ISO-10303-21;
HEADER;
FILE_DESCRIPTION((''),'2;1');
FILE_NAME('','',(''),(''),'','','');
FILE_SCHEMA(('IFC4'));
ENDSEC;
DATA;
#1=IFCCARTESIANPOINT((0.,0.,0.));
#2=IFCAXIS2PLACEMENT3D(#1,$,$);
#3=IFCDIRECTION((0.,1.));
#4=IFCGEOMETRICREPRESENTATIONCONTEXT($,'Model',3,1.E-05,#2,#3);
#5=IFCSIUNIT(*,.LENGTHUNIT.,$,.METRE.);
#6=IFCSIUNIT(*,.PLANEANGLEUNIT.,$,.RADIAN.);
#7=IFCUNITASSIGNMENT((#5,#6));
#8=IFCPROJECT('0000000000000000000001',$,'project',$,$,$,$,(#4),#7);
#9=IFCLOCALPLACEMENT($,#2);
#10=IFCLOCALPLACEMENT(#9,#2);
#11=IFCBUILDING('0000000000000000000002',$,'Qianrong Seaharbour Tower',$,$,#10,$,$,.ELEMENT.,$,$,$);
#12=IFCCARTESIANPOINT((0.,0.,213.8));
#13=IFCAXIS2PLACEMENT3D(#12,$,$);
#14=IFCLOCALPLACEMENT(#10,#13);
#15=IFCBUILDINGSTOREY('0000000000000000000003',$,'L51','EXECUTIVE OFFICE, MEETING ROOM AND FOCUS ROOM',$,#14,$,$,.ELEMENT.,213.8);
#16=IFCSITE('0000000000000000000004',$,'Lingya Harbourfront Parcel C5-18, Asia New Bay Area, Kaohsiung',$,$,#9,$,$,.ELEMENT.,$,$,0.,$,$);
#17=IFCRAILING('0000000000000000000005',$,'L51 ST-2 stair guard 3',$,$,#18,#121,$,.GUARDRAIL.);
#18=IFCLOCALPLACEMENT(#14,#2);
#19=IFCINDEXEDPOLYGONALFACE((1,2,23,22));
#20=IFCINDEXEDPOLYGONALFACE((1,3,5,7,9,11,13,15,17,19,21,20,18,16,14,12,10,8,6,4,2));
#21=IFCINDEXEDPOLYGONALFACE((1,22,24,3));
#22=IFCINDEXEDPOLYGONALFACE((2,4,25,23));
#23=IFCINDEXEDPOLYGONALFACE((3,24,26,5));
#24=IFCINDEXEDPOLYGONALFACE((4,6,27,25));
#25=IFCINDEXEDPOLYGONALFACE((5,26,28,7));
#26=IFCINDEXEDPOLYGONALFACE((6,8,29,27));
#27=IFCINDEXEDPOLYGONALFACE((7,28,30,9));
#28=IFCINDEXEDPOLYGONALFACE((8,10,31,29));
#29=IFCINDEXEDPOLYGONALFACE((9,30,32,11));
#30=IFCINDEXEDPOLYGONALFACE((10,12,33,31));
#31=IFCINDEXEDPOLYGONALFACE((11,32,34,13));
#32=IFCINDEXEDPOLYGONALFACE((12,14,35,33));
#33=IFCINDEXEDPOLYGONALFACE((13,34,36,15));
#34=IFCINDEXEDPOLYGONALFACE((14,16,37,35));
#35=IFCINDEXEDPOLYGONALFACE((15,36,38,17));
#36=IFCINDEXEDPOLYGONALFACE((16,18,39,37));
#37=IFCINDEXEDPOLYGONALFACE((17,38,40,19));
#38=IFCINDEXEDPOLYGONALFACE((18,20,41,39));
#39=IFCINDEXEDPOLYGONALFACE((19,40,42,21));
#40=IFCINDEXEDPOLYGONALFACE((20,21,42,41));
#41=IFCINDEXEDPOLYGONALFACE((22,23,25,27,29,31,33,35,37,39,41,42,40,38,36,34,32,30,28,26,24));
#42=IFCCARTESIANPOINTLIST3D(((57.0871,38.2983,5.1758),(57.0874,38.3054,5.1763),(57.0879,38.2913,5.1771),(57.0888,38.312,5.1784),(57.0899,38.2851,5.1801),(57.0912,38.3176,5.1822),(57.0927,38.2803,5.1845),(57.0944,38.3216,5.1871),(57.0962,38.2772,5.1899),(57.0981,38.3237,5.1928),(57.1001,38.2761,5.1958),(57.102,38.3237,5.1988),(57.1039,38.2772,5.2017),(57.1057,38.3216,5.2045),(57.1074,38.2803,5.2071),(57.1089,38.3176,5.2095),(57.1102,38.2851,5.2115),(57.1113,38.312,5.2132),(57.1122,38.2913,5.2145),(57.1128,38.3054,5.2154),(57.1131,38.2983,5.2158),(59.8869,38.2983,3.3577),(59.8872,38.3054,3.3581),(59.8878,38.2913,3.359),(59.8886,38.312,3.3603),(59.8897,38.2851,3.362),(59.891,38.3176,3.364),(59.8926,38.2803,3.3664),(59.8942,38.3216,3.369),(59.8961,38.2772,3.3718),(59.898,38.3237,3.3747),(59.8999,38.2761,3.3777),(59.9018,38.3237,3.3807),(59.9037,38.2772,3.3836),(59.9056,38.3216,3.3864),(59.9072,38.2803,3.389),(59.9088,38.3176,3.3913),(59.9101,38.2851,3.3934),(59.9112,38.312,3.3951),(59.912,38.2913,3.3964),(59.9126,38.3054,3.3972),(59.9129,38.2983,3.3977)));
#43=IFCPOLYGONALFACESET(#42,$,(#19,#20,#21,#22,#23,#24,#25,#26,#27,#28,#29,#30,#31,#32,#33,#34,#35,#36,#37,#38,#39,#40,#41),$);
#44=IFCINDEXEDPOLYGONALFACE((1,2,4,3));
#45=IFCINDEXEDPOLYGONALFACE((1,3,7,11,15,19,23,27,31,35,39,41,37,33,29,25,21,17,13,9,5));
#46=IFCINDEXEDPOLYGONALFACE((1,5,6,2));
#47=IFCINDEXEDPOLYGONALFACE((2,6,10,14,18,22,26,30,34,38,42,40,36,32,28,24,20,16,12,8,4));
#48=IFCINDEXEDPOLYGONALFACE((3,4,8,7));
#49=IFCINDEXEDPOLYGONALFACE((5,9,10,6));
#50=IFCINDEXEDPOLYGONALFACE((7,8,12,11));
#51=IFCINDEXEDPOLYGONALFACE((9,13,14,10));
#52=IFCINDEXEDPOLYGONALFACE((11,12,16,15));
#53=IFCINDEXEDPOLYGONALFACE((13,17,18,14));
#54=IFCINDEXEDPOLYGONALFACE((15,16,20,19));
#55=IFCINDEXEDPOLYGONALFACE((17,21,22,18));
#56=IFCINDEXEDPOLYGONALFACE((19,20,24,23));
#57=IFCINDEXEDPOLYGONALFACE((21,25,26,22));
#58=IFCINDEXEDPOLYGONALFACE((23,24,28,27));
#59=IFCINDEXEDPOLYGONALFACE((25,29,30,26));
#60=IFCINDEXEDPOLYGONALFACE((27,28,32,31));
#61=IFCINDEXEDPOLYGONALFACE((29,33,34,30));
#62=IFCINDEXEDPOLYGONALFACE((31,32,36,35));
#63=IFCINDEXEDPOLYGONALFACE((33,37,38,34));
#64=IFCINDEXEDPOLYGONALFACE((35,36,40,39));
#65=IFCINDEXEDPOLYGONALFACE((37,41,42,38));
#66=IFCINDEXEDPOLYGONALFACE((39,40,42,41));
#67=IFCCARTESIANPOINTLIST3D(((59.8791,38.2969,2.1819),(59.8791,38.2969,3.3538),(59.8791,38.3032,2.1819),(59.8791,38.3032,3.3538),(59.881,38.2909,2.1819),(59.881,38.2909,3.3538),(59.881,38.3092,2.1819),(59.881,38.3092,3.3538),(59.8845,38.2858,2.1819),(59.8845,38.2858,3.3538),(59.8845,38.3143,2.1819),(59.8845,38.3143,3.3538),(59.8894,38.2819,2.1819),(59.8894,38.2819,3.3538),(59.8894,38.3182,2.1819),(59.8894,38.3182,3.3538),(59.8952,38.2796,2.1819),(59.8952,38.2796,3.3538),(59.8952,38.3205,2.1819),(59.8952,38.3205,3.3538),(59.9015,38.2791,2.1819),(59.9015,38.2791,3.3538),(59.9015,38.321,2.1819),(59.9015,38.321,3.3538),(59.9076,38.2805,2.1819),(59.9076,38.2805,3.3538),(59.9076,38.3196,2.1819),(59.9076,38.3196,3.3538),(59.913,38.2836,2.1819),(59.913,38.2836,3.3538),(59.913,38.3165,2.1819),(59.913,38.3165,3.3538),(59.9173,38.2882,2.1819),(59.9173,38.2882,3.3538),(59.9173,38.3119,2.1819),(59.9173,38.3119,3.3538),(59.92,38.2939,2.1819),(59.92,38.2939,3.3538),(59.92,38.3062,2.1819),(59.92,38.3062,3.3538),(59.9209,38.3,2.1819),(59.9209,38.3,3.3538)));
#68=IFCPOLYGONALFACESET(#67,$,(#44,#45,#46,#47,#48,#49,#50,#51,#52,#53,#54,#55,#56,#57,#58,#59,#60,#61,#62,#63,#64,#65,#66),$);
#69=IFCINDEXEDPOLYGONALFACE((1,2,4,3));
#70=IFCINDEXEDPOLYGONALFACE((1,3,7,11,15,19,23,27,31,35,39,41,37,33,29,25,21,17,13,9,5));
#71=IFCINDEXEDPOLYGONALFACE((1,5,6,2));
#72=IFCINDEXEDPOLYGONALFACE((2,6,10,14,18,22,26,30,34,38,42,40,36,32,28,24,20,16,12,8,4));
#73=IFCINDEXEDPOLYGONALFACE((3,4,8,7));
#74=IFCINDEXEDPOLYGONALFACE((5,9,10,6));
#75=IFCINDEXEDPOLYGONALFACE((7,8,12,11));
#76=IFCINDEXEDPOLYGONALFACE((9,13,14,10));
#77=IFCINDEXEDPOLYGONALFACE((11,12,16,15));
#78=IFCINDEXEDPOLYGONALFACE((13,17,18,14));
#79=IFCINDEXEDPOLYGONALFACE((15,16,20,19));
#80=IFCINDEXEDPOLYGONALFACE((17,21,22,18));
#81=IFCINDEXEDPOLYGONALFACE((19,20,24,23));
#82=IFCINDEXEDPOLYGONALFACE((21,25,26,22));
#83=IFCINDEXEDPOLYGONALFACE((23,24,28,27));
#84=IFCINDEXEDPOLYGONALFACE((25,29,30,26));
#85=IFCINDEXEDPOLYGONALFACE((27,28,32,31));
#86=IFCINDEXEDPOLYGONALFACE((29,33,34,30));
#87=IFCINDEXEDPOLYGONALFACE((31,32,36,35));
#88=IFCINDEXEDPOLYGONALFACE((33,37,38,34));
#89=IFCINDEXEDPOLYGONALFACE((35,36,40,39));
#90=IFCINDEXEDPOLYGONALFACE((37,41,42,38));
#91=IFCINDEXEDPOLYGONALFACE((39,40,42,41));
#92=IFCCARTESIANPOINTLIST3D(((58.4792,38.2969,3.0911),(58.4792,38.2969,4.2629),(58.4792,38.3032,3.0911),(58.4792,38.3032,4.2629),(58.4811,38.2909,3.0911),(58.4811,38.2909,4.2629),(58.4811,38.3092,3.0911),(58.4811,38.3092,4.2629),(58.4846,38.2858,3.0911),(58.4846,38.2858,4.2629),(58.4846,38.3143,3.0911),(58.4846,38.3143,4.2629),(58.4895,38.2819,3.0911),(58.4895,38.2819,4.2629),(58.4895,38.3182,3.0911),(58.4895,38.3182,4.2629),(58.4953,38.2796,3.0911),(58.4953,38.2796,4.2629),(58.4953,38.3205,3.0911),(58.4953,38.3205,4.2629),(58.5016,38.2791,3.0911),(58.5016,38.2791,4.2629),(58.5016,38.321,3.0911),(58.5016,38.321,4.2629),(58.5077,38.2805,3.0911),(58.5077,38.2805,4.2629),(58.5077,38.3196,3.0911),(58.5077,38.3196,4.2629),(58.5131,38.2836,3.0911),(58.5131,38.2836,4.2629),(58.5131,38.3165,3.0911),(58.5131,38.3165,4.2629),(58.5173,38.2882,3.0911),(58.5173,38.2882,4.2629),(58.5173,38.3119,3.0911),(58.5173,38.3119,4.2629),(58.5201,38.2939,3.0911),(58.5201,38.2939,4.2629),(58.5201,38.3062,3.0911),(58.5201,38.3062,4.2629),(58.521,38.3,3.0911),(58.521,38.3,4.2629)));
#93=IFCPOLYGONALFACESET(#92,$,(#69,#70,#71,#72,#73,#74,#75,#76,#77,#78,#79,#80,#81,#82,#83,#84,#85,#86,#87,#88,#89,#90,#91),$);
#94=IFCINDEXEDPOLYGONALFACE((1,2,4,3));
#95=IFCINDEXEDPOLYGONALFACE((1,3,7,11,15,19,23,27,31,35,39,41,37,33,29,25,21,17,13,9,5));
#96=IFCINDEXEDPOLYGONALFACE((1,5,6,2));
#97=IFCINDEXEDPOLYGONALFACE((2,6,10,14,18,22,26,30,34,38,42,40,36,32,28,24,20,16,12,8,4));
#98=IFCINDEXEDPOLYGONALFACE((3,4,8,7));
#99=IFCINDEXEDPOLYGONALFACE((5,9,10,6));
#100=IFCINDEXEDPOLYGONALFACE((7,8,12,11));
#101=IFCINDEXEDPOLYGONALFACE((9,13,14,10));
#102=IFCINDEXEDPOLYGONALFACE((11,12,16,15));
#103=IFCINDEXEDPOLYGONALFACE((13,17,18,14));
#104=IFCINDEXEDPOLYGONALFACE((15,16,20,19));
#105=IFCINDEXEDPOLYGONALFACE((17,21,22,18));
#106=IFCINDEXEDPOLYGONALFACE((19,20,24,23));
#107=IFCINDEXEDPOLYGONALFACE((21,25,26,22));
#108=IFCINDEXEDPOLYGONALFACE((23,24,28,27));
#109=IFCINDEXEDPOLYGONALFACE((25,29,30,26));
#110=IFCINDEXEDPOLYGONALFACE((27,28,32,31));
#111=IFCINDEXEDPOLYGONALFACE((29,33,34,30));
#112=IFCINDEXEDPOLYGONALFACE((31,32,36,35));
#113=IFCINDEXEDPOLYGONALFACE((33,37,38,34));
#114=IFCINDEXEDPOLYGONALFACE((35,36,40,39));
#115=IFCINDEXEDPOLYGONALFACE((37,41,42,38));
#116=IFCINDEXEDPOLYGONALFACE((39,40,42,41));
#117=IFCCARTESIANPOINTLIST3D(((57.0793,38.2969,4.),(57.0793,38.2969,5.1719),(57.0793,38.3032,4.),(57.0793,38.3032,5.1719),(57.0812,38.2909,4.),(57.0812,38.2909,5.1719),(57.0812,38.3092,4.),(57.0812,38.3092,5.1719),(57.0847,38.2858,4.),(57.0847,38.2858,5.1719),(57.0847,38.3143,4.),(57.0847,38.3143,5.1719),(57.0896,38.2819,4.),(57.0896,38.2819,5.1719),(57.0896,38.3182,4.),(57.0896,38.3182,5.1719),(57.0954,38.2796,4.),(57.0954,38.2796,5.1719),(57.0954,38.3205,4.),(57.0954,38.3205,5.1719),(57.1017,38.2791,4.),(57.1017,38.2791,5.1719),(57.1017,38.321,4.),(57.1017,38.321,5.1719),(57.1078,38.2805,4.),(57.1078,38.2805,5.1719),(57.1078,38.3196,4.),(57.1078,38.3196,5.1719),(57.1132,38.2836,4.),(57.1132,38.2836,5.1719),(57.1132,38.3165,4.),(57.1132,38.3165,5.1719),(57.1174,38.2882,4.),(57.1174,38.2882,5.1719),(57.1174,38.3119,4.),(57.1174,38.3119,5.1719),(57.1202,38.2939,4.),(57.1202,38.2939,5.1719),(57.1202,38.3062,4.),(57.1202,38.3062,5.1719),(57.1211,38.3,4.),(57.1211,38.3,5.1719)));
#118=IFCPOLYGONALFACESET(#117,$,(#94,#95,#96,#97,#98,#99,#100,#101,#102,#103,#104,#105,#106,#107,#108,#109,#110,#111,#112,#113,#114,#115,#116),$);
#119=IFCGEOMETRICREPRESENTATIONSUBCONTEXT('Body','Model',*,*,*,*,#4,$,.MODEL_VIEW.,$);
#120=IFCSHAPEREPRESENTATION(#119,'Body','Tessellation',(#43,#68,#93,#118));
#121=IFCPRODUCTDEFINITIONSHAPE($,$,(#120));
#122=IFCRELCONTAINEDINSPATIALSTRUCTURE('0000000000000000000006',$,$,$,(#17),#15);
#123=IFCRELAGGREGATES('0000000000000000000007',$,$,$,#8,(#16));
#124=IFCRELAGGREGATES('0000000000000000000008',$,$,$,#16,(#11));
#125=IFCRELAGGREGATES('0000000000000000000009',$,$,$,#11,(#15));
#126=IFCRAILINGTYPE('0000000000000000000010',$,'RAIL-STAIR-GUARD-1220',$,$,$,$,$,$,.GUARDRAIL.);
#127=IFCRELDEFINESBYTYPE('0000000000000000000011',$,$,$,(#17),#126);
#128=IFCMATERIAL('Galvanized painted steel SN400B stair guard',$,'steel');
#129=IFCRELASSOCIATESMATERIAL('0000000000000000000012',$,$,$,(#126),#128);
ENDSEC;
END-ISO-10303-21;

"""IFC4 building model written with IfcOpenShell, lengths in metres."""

from ifc_helpers import new_model, si_unit, direction, frame, origin, origin_2d, place, context, subcontext, project, spatial, circle, extrude, material, type_object, element, save


model = new_model("IFC4")

# Units and contexts
model_context = context("Model", 3, precision=1e-05, world=origin(), true_north=direction((0.0, 1.0)))
body_context = subcontext(model_context, "Body", "Model", "MODEL_VIEW")
ifc_project = project(units=[si_unit("LENGTHUNIT", "METRE"), si_unit("PLANEANGLEUNIT", "RADIAN")], contexts=[model_context])

# Site, building, storey
site_placement = place(None, origin())
site = spatial("IfcSite", under=ifc_project, at=site_placement, Name="Lingya Harbourfront Parcel C5-18, Asia New Bay Area, Kaohsiung", CompositionType="ELEMENT", RefElevation=0.0)
building_placement = place(site_placement, origin())
building = spatial("IfcBuilding", under=site, at=building_placement, Name="Qianrong Seaharbour Tower", CompositionType="ELEMENT")
storey_placement = place(building_placement, frame((0.0, 0.0, 213.8)))
storey = spatial("IfcBuildingStorey", under=building, at=storey_placement, Name="L51", Description="EXECUTIVE OFFICE, MEETING ROOM AND FOCUS ROOM", CompositionType="ELEMENT", Elevation=213.8)

# Railing
ifc_material_1 = material(Name="Galvanized painted steel SN400B stair guard", Category="steel")
railing_type_1 = type_object("IfcRailingType", Name="RAIL-STAIR-GUARD-1220", PredefinedType="GUARDRAIL", material=ifc_material_1)
railing_1_placement = place(storey_placement, frame((59.8999, 38.3, 2.1819)))
element("IfcRailing", 1, at=railing_1_placement, inside=storey, type_object=railing_type_1, Name="L51 ST-2 stair guard 3", PredefinedType="GUARDRAIL", context=body_context, shape_type="SweptSolid", body=[
    extrude(circle(Radius=0.0239, at=origin_2d()), frame((0.0, 0.0, 1.1958), z_axis=(-0.838684, 0.0, 0.544618), x_axis=(0.0, -1.0, 0.0)), (0.0, 0.0, 1.0), 3.3384),
    extrude(circle(Radius=0.021, at=origin_2d()), origin(), (0.0, 0.0, 1.0), 1.1719),
    extrude(circle(Radius=0.021, at=origin_2d()), frame((-1.3999, 0.0, 0.9092)), (0.0, 0.0, 1.0), 1.1719),
    extrude(circle(Radius=0.021, at=origin_2d()), frame((-2.7998, 0.0, 1.8181)), (0.0, 0.0, 1.0), 1.1719),
])

save(model, "model.ifc")
